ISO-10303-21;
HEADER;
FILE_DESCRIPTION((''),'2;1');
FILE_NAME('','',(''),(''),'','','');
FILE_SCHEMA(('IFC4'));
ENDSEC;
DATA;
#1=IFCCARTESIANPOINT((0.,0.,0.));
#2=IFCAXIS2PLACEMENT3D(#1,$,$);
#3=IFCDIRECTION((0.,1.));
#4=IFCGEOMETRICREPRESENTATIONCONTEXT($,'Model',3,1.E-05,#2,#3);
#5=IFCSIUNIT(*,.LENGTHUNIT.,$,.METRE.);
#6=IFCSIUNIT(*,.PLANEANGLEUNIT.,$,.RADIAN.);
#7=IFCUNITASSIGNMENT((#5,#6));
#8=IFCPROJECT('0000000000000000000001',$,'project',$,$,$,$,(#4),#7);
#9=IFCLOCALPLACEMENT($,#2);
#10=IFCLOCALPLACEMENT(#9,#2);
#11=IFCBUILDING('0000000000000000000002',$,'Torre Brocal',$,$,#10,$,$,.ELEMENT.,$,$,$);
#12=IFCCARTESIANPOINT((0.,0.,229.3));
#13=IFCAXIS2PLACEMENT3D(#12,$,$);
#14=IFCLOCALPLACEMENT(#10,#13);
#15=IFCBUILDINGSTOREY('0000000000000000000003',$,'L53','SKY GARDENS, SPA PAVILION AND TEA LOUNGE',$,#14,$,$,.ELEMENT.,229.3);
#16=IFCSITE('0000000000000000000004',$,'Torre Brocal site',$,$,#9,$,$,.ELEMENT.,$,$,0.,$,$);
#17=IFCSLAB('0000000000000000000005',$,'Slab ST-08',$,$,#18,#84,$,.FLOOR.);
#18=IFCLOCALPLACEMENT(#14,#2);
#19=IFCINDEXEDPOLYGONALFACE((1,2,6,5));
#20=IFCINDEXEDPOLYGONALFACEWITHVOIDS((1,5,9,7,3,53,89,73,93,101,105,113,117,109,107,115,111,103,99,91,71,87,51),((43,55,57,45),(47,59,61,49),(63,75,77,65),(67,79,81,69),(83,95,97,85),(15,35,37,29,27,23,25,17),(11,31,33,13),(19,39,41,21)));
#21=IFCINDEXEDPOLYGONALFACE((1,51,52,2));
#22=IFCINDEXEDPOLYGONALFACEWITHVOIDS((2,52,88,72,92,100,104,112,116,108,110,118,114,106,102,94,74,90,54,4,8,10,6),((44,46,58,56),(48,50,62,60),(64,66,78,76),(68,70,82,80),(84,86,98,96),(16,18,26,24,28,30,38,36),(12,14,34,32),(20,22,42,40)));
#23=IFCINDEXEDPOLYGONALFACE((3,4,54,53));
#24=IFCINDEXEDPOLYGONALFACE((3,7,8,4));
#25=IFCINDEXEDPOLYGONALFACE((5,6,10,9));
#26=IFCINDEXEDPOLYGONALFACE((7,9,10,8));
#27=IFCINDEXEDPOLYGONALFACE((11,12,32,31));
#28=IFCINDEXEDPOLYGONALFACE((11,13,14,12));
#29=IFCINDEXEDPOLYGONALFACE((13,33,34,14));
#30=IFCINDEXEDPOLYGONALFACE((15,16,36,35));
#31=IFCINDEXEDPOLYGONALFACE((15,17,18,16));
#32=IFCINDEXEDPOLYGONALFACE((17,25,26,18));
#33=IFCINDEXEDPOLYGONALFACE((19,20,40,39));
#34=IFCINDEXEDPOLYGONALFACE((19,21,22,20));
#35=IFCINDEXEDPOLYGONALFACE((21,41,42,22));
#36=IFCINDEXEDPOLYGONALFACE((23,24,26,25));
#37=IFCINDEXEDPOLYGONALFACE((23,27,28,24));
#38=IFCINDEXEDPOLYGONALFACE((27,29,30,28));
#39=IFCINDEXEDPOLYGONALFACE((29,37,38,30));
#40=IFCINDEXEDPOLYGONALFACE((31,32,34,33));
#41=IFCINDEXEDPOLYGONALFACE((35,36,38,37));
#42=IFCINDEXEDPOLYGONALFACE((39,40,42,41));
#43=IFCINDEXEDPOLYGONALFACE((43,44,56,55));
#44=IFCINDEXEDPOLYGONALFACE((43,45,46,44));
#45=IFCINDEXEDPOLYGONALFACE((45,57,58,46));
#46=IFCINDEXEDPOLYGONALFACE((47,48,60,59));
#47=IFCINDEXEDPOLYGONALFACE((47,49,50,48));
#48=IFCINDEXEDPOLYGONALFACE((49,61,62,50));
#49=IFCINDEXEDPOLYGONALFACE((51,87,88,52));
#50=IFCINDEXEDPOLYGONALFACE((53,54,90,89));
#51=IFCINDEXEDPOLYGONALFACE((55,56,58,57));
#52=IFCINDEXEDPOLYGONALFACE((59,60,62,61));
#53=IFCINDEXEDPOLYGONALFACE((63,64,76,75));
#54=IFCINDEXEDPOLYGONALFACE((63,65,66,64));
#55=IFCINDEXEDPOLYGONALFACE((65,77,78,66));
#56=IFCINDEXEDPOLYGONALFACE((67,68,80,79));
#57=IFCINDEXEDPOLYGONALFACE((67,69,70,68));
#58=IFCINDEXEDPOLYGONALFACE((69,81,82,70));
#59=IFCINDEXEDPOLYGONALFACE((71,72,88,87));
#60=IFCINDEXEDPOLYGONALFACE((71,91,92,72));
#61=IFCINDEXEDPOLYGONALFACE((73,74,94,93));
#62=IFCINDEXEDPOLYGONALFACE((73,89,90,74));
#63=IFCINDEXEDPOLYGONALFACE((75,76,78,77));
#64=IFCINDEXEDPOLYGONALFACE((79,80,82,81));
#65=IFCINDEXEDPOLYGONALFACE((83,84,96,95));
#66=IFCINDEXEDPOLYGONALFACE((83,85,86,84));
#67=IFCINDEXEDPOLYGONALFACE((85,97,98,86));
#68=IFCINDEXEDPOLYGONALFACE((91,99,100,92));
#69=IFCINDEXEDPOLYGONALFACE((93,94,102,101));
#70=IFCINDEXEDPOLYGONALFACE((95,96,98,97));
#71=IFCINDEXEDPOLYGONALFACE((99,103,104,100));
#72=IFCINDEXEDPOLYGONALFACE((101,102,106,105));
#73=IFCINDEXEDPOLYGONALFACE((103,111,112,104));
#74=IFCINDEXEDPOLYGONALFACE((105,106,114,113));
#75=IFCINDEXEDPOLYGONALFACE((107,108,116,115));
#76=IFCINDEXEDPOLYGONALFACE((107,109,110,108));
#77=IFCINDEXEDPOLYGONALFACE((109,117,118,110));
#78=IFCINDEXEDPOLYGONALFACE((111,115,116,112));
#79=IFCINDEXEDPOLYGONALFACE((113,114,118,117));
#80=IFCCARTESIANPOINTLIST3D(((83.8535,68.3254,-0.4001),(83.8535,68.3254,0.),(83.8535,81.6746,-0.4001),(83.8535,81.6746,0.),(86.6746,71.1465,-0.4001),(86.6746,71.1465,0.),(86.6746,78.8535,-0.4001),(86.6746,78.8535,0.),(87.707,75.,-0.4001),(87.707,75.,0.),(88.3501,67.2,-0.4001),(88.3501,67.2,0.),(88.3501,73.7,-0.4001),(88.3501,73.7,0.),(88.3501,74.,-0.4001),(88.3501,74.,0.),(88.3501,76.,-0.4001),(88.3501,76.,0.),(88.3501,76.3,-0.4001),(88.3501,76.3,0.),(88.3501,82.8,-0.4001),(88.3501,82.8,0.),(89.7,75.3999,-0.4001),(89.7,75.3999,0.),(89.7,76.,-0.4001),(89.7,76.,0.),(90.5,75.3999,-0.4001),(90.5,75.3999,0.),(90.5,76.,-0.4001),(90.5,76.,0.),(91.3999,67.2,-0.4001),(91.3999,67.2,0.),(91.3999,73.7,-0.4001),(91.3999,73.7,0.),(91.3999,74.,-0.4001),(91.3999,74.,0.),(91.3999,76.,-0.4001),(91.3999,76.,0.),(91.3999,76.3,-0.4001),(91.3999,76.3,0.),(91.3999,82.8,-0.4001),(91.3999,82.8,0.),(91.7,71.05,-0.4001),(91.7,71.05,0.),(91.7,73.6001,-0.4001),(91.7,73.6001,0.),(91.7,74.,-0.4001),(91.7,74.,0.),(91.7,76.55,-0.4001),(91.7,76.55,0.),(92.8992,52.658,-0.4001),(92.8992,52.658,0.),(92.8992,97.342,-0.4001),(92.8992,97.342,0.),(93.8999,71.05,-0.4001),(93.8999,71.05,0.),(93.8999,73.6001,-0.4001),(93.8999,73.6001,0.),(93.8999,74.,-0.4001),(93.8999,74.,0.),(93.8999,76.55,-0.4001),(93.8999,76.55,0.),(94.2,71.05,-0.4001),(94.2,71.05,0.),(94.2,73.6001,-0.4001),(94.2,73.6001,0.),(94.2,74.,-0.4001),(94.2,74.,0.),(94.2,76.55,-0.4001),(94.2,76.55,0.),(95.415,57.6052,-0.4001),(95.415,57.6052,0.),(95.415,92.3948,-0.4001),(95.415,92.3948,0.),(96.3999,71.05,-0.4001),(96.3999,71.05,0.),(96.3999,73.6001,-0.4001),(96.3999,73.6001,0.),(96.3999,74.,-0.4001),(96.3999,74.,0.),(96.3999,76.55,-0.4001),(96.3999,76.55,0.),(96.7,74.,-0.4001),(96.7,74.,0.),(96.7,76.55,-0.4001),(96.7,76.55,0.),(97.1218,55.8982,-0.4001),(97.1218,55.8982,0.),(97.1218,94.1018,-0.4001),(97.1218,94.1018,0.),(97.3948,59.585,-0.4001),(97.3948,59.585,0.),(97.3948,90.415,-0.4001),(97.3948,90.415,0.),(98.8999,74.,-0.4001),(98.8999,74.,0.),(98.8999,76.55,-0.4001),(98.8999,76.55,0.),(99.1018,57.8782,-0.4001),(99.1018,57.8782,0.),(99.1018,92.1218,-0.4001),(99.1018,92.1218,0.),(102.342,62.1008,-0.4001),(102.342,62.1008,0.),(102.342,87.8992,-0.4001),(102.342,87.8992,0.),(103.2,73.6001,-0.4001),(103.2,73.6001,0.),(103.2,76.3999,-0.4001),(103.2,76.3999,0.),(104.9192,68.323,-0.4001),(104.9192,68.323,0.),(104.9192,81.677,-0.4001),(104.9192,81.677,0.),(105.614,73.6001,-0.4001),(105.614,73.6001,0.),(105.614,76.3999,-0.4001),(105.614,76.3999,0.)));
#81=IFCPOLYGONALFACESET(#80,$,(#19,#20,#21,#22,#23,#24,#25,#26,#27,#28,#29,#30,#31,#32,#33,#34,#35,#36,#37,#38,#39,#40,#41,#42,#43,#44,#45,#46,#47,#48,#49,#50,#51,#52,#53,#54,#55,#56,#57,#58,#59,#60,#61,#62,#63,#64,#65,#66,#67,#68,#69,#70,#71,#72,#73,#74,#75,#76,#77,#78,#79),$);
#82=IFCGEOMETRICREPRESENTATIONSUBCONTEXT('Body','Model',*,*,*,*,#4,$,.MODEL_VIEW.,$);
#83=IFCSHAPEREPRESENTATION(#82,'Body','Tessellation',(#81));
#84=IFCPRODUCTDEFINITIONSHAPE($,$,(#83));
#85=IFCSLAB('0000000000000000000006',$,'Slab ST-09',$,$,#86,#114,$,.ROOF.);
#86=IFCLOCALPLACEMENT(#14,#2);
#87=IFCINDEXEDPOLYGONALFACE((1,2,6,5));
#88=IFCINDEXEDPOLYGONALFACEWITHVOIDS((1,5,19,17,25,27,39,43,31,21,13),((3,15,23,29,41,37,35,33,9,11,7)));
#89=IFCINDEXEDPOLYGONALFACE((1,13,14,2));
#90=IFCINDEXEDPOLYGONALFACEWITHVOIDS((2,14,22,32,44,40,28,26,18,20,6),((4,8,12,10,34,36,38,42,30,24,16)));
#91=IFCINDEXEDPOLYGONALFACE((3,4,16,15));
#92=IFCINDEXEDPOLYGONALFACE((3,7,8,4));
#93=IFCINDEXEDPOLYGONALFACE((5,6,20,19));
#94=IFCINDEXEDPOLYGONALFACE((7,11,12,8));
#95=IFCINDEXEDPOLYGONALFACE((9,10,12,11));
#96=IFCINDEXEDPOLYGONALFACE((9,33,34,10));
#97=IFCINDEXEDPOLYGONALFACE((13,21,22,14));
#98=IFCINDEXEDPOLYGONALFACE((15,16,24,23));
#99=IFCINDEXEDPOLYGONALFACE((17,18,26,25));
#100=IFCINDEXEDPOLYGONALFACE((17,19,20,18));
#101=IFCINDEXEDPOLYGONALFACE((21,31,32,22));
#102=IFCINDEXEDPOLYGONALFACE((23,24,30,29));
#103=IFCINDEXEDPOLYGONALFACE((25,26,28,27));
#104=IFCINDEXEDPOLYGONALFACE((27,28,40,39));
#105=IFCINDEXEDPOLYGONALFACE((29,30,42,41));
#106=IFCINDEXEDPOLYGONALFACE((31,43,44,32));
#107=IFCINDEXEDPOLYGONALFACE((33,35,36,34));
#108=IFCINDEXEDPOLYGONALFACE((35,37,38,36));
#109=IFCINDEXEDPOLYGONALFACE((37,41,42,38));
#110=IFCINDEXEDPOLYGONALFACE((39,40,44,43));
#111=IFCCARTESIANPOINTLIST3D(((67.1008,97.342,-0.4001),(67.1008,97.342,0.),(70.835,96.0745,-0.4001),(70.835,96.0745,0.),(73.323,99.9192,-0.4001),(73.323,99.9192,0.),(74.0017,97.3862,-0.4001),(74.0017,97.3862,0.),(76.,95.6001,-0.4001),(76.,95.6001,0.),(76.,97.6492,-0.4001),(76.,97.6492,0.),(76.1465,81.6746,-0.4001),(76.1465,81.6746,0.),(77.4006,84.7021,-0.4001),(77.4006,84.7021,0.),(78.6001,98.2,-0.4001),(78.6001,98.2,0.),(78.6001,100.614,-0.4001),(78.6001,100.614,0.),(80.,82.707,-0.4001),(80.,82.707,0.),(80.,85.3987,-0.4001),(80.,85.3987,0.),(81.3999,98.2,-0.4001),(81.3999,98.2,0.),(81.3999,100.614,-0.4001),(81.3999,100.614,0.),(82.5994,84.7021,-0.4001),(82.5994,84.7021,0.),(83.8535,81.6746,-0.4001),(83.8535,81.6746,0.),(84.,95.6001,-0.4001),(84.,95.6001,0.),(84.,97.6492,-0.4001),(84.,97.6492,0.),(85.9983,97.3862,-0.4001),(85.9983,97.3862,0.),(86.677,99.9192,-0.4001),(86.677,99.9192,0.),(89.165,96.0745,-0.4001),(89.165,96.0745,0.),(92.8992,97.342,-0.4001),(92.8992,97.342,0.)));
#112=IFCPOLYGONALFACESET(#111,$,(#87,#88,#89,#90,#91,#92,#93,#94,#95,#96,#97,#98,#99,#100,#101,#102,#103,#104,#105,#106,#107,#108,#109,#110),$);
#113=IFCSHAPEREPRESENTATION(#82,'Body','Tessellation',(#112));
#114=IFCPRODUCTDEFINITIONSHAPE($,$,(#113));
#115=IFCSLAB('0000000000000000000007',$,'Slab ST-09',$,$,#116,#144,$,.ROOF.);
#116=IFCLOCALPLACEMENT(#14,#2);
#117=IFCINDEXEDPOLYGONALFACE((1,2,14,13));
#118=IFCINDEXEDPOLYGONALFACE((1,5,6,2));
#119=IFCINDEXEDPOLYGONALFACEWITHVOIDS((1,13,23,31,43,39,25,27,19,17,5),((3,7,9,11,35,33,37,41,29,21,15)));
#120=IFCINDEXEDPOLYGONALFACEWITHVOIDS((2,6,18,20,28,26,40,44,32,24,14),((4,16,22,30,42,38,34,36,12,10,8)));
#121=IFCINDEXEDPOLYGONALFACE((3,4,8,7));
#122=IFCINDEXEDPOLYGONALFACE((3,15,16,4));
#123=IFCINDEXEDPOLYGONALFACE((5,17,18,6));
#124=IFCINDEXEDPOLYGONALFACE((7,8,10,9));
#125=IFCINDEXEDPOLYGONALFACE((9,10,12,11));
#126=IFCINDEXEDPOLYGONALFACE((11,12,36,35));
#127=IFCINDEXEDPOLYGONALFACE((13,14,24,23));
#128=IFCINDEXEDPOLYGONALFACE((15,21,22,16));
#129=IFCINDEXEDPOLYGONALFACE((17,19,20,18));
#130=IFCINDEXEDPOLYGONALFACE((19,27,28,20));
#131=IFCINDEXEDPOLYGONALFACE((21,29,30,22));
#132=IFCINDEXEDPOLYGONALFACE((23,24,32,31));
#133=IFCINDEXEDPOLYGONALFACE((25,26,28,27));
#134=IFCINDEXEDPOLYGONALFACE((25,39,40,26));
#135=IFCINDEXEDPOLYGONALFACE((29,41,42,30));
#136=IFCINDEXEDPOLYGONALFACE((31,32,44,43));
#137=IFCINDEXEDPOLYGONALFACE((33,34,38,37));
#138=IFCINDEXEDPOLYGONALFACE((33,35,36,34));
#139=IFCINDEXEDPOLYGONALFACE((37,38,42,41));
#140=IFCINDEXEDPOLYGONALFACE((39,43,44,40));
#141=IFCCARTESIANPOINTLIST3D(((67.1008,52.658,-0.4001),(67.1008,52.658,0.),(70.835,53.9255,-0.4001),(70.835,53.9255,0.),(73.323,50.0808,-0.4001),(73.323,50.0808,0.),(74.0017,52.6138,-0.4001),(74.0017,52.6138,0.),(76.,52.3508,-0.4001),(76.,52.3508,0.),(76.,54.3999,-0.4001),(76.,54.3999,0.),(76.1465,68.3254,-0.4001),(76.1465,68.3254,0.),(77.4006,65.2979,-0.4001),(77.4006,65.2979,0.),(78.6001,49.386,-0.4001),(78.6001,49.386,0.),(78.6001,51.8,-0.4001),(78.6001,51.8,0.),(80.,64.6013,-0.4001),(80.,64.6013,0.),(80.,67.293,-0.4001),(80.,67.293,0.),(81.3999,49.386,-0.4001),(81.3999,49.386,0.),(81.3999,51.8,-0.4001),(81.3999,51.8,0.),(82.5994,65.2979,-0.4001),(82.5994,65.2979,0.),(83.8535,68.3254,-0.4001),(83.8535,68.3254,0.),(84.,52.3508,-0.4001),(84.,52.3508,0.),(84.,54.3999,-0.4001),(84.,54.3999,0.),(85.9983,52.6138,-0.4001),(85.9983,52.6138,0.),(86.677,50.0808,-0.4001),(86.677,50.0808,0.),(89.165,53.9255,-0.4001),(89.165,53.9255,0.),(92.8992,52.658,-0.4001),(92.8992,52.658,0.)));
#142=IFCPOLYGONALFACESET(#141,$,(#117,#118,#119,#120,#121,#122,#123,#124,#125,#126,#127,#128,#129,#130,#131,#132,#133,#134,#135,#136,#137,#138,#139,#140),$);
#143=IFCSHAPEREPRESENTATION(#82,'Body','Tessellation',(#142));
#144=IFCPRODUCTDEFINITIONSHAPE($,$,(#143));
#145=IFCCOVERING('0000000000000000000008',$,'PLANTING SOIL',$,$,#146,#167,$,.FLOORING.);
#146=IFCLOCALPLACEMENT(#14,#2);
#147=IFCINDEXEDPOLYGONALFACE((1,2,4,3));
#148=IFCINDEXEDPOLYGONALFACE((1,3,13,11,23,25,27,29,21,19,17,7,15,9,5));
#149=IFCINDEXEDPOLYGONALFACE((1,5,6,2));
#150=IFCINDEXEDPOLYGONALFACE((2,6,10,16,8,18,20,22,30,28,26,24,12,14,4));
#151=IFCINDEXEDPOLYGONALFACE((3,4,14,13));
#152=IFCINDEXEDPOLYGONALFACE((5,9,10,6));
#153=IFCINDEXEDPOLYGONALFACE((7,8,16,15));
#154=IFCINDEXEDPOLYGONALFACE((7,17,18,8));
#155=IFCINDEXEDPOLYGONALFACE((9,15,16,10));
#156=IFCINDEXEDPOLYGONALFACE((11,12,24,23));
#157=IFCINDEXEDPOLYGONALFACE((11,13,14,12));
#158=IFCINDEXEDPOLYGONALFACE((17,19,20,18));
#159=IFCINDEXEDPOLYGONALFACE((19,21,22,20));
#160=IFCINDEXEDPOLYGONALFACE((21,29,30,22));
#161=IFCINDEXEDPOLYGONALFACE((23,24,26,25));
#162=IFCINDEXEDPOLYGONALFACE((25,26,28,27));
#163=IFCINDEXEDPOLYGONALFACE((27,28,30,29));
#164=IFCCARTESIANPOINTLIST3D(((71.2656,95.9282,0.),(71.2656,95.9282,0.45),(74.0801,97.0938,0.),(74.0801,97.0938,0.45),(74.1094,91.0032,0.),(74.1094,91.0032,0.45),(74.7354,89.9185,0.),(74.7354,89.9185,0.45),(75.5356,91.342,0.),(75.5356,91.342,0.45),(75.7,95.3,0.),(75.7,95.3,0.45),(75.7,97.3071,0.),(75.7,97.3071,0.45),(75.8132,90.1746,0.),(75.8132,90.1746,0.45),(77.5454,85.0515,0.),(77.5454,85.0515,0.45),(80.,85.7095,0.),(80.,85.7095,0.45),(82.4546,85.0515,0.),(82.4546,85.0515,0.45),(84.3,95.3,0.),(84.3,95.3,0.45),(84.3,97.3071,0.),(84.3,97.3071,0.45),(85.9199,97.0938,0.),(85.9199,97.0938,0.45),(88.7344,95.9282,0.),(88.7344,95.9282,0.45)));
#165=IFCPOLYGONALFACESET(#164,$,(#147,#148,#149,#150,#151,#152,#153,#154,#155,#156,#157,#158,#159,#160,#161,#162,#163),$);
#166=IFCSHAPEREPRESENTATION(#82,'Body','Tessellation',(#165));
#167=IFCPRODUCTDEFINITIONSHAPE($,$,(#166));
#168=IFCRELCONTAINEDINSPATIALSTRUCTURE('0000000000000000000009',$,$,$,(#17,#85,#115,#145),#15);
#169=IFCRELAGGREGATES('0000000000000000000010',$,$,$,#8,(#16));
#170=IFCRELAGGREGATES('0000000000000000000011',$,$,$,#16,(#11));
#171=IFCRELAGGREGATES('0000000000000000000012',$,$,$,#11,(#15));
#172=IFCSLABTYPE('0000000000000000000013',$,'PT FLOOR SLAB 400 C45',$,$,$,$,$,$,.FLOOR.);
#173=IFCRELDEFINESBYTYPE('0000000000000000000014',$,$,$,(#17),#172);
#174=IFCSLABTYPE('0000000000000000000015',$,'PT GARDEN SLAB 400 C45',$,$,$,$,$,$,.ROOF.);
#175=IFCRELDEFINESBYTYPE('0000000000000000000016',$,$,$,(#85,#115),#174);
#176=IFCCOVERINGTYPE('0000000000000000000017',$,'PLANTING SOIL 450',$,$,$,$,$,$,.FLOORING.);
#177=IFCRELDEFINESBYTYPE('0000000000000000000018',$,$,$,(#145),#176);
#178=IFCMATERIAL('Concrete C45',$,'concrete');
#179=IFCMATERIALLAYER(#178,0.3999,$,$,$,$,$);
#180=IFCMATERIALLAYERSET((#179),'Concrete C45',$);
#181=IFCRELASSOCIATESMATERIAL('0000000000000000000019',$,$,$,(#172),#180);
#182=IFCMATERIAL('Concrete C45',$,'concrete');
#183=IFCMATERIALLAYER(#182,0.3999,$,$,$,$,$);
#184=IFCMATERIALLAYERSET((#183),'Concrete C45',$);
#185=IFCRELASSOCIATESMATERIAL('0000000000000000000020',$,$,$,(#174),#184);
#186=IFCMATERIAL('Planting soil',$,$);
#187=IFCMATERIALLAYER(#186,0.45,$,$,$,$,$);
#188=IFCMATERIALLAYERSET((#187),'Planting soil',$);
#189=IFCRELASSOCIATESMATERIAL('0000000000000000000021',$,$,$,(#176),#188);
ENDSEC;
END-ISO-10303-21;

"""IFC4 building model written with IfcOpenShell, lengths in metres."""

from ifc_helpers import new_model, si_unit, direction, frame, origin, place, context, subcontext, project, spatial, polyline, outline, extrude, material, layer, layer_set, type_object, element, save


model = new_model("IFC4")

# Units and contexts
model_context = context("Model", 3, precision=1e-05, world=origin(), true_north=direction((0.0, 1.0)))
body_context = subcontext(model_context, "Body", "Model", "MODEL_VIEW")
ifc_project = project(units=[si_unit("LENGTHUNIT", "METRE"), si_unit("PLANEANGLEUNIT", "RADIAN")], contexts=[model_context])

# Site, building, storey
site_placement = place(None, origin())
site = spatial("IfcSite", under=ifc_project, at=site_placement, Name="Torre Brocal site", CompositionType="ELEMENT", RefElevation=0.0)
building_placement = place(site_placement, origin())
building = spatial("IfcBuilding", under=site, at=building_placement, Name="Torre Brocal", CompositionType="ELEMENT")
storey_placement = place(building_placement, frame((0.0, 0.0, 229.3)))
storey = spatial("IfcBuildingStorey", under=building, at=storey_placement, Name="L53", Description="SKY GARDENS, SPA PAVILION AND TEA LOUNGE", CompositionType="ELEMENT", Elevation=229.3)

# Slabs
ifc_material_1 = material(Name="Concrete C45", Category="concrete")
ifc_layer_1 = layer(ifc_material_1, 0.3999)
ifc_layer_set_1 = layer_set([ifc_layer_1], Name="Concrete C45")
slab_type_1 = type_object("IfcSlabType", Name="PT FLOOR SLAB 400 C45", PredefinedType="FLOOR", material=ifc_layer_set_1)
slab_1_placement = place(storey_placement, frame((0.0, 0.0, -0.4001)))
element("IfcSlab", 1, at=slab_1_placement, inside=storey, type_object=slab_type_1, Name="Slab ST-08", PredefinedType="FLOOR", context=body_context, shape_type="SweptSolid", body=[
    extrude(outline(polyline([(92.8992, 97.342), (97.1218, 94.1018), (95.415, 92.3948), (97.3948, 90.415), (99.1018, 92.1218), (102.342, 87.8992), (104.9192, 81.677), (105.614, 76.3999), (103.2, 76.3999), (103.2, 73.6001), (105.614, 73.6001), (104.9192, 68.323), (102.342, 62.1008), (99.1018, 57.8782), (97.3948, 59.585), (95.415, 57.6052), (97.1218, 55.8982), (92.8992, 52.658), (83.8535, 68.3254), (86.6746, 71.1465), (87.707, 75.0), (86.6746, 78.8535), (83.8535, 81.6746), (92.8992, 97.342)]), holes=[polyline([(98.8999, 76.55), (96.7, 76.55), (96.7, 74.0), (98.8999, 74.0), (98.8999, 76.55)]), polyline([(96.3999, 73.6001), (94.2, 73.6001), (94.2, 71.05), (96.3999, 71.05), (96.3999, 73.6001)]), polyline([(96.3999, 76.55), (94.2, 76.55), (94.2, 74.0), (96.3999, 74.0), (96.3999, 76.55)]), polyline([(93.8999, 73.6001), (91.7, 73.6001), (91.7, 71.05), (93.8999, 71.05), (93.8999, 73.6001)]), polyline([(93.8999, 76.55), (91.7, 76.55), (91.7, 74.0), (93.8999, 74.0), (93.8999, 76.55)]), polyline([(89.7, 76.0), (88.3501, 76.0), (88.3501, 74.0), (91.3999, 74.0), (91.3999, 76.0), (90.5, 76.0), (90.5, 75.3999), (89.7, 75.3999), (89.7, 76.0)]), polyline([(91.3999, 73.7), (88.3501, 73.7), (88.3501, 67.2), (91.3999, 67.2), (91.3999, 73.7)]), polyline([(91.3999, 82.8), (88.3501, 82.8), (88.3501, 76.3), (91.3999, 76.3), (91.3999, 82.8)])]), origin(), (0.0, 0.0, 1.0), 0.4001),
])
ifc_material_2 = material(Name="Concrete C45", Category="concrete")
ifc_layer_2 = layer(ifc_material_2, 0.3999)
ifc_layer_set_2 = layer_set([ifc_layer_2], Name="Concrete C45")
slab_type_2 = type_object("IfcSlabType", Name="PT GARDEN SLAB 400 C45", PredefinedType="ROOF", material=ifc_layer_set_2)
slab_2_placement = place(storey_placement, frame((0.0, 0.0, -0.4001)))
element("IfcSlab", 2, at=slab_2_placement, inside=storey, type_object=slab_type_2, Name="Slab ST-09", PredefinedType="ROOF", context=body_context, shape_type="SweptSolid", body=[
    extrude(outline(polyline([(78.6001, 98.2), (81.3999, 98.2), (81.3999, 100.614), (86.677, 99.9192), (92.8992, 97.342), (83.8535, 81.6746), (80.0, 82.707), (76.1465, 81.6746), (67.1008, 97.342), (73.323, 99.9192), (78.6001, 100.614), (78.6001, 98.2)]), holes=[polyline([(77.4006, 84.7021), (80.0, 85.3987), (82.5994, 84.7021), (89.165, 96.0745), (85.9983, 97.3862), (84.0, 97.6492), (84.0, 95.6001), (76.0, 95.6001), (76.0, 97.6492), (74.0017, 97.3862), (70.835, 96.0745), (77.4006, 84.7021)])]), origin(), (0.0, 0.0, 1.0), 0.4001),
])
slab_3_placement = place(storey_placement, frame((0.0, 0.0, -0.4001)))
element("IfcSlab", 3, at=slab_3_placement, inside=storey, type_object=slab_type_2, Name="Slab ST-09", PredefinedType="ROOF", context=body_context, shape_type="SweptSolid", body=[
    extrude(outline(polyline([(78.6001, 51.8), (78.6001, 49.386), (73.323, 50.0808), (67.1008, 52.658), (76.1465, 68.3254), (80.0, 67.293), (83.8535, 68.3254), (92.8992, 52.658), (86.677, 50.0808), (81.3999, 49.386), (81.3999, 51.8), (78.6001, 51.8)]), holes=[polyline([(84.0, 54.3999), (84.0, 52.3508), (85.9983, 52.6138), (89.165, 53.9255), (82.5994, 65.2979), (80.0, 64.6013), (77.4006, 65.2979), (70.835, 53.9255), (74.0017, 52.6138), (76.0, 52.3508), (76.0, 54.3999), (84.0, 54.3999)])]), origin(), (0.0, 0.0, 1.0), 0.4001),
])

# Covering
ifc_material_3 = material(Name="Planting soil")
ifc_layer_3 = layer(ifc_material_3, 0.45)
ifc_layer_set_3 = layer_set([ifc_layer_3], Name="Planting soil")
covering_type = type_object("IfcCoveringType", Name="PLANTING SOIL 450", PredefinedType="FLOORING", material=ifc_layer_set_3)
covering_1_placement = place(storey_placement, origin())
element("IfcCovering", 4, at=covering_1_placement, inside=storey, type_object=covering_type, Name="PLANTING SOIL", PredefinedType="FLOORING", context=body_context, shape_type="SweptSolid", body=[
    extrude(outline(polyline([(75.7, 97.3071), (75.7, 95.3), (84.3, 95.3), (84.3, 97.3071), (85.9199, 97.0938), (88.7344, 95.9282), (82.4546, 85.0515), (80.0, 85.7095), (77.5454, 85.0515), (74.7354, 89.9185), (75.8132, 90.1746), (75.5356, 91.342), (74.1094, 91.0032), (71.2656, 95.9282), (74.0801, 97.0938), (75.7, 97.3071)])), origin(), (0.0, 0.0, 1.0), 0.45),
])

save(model, "model.ifc")
